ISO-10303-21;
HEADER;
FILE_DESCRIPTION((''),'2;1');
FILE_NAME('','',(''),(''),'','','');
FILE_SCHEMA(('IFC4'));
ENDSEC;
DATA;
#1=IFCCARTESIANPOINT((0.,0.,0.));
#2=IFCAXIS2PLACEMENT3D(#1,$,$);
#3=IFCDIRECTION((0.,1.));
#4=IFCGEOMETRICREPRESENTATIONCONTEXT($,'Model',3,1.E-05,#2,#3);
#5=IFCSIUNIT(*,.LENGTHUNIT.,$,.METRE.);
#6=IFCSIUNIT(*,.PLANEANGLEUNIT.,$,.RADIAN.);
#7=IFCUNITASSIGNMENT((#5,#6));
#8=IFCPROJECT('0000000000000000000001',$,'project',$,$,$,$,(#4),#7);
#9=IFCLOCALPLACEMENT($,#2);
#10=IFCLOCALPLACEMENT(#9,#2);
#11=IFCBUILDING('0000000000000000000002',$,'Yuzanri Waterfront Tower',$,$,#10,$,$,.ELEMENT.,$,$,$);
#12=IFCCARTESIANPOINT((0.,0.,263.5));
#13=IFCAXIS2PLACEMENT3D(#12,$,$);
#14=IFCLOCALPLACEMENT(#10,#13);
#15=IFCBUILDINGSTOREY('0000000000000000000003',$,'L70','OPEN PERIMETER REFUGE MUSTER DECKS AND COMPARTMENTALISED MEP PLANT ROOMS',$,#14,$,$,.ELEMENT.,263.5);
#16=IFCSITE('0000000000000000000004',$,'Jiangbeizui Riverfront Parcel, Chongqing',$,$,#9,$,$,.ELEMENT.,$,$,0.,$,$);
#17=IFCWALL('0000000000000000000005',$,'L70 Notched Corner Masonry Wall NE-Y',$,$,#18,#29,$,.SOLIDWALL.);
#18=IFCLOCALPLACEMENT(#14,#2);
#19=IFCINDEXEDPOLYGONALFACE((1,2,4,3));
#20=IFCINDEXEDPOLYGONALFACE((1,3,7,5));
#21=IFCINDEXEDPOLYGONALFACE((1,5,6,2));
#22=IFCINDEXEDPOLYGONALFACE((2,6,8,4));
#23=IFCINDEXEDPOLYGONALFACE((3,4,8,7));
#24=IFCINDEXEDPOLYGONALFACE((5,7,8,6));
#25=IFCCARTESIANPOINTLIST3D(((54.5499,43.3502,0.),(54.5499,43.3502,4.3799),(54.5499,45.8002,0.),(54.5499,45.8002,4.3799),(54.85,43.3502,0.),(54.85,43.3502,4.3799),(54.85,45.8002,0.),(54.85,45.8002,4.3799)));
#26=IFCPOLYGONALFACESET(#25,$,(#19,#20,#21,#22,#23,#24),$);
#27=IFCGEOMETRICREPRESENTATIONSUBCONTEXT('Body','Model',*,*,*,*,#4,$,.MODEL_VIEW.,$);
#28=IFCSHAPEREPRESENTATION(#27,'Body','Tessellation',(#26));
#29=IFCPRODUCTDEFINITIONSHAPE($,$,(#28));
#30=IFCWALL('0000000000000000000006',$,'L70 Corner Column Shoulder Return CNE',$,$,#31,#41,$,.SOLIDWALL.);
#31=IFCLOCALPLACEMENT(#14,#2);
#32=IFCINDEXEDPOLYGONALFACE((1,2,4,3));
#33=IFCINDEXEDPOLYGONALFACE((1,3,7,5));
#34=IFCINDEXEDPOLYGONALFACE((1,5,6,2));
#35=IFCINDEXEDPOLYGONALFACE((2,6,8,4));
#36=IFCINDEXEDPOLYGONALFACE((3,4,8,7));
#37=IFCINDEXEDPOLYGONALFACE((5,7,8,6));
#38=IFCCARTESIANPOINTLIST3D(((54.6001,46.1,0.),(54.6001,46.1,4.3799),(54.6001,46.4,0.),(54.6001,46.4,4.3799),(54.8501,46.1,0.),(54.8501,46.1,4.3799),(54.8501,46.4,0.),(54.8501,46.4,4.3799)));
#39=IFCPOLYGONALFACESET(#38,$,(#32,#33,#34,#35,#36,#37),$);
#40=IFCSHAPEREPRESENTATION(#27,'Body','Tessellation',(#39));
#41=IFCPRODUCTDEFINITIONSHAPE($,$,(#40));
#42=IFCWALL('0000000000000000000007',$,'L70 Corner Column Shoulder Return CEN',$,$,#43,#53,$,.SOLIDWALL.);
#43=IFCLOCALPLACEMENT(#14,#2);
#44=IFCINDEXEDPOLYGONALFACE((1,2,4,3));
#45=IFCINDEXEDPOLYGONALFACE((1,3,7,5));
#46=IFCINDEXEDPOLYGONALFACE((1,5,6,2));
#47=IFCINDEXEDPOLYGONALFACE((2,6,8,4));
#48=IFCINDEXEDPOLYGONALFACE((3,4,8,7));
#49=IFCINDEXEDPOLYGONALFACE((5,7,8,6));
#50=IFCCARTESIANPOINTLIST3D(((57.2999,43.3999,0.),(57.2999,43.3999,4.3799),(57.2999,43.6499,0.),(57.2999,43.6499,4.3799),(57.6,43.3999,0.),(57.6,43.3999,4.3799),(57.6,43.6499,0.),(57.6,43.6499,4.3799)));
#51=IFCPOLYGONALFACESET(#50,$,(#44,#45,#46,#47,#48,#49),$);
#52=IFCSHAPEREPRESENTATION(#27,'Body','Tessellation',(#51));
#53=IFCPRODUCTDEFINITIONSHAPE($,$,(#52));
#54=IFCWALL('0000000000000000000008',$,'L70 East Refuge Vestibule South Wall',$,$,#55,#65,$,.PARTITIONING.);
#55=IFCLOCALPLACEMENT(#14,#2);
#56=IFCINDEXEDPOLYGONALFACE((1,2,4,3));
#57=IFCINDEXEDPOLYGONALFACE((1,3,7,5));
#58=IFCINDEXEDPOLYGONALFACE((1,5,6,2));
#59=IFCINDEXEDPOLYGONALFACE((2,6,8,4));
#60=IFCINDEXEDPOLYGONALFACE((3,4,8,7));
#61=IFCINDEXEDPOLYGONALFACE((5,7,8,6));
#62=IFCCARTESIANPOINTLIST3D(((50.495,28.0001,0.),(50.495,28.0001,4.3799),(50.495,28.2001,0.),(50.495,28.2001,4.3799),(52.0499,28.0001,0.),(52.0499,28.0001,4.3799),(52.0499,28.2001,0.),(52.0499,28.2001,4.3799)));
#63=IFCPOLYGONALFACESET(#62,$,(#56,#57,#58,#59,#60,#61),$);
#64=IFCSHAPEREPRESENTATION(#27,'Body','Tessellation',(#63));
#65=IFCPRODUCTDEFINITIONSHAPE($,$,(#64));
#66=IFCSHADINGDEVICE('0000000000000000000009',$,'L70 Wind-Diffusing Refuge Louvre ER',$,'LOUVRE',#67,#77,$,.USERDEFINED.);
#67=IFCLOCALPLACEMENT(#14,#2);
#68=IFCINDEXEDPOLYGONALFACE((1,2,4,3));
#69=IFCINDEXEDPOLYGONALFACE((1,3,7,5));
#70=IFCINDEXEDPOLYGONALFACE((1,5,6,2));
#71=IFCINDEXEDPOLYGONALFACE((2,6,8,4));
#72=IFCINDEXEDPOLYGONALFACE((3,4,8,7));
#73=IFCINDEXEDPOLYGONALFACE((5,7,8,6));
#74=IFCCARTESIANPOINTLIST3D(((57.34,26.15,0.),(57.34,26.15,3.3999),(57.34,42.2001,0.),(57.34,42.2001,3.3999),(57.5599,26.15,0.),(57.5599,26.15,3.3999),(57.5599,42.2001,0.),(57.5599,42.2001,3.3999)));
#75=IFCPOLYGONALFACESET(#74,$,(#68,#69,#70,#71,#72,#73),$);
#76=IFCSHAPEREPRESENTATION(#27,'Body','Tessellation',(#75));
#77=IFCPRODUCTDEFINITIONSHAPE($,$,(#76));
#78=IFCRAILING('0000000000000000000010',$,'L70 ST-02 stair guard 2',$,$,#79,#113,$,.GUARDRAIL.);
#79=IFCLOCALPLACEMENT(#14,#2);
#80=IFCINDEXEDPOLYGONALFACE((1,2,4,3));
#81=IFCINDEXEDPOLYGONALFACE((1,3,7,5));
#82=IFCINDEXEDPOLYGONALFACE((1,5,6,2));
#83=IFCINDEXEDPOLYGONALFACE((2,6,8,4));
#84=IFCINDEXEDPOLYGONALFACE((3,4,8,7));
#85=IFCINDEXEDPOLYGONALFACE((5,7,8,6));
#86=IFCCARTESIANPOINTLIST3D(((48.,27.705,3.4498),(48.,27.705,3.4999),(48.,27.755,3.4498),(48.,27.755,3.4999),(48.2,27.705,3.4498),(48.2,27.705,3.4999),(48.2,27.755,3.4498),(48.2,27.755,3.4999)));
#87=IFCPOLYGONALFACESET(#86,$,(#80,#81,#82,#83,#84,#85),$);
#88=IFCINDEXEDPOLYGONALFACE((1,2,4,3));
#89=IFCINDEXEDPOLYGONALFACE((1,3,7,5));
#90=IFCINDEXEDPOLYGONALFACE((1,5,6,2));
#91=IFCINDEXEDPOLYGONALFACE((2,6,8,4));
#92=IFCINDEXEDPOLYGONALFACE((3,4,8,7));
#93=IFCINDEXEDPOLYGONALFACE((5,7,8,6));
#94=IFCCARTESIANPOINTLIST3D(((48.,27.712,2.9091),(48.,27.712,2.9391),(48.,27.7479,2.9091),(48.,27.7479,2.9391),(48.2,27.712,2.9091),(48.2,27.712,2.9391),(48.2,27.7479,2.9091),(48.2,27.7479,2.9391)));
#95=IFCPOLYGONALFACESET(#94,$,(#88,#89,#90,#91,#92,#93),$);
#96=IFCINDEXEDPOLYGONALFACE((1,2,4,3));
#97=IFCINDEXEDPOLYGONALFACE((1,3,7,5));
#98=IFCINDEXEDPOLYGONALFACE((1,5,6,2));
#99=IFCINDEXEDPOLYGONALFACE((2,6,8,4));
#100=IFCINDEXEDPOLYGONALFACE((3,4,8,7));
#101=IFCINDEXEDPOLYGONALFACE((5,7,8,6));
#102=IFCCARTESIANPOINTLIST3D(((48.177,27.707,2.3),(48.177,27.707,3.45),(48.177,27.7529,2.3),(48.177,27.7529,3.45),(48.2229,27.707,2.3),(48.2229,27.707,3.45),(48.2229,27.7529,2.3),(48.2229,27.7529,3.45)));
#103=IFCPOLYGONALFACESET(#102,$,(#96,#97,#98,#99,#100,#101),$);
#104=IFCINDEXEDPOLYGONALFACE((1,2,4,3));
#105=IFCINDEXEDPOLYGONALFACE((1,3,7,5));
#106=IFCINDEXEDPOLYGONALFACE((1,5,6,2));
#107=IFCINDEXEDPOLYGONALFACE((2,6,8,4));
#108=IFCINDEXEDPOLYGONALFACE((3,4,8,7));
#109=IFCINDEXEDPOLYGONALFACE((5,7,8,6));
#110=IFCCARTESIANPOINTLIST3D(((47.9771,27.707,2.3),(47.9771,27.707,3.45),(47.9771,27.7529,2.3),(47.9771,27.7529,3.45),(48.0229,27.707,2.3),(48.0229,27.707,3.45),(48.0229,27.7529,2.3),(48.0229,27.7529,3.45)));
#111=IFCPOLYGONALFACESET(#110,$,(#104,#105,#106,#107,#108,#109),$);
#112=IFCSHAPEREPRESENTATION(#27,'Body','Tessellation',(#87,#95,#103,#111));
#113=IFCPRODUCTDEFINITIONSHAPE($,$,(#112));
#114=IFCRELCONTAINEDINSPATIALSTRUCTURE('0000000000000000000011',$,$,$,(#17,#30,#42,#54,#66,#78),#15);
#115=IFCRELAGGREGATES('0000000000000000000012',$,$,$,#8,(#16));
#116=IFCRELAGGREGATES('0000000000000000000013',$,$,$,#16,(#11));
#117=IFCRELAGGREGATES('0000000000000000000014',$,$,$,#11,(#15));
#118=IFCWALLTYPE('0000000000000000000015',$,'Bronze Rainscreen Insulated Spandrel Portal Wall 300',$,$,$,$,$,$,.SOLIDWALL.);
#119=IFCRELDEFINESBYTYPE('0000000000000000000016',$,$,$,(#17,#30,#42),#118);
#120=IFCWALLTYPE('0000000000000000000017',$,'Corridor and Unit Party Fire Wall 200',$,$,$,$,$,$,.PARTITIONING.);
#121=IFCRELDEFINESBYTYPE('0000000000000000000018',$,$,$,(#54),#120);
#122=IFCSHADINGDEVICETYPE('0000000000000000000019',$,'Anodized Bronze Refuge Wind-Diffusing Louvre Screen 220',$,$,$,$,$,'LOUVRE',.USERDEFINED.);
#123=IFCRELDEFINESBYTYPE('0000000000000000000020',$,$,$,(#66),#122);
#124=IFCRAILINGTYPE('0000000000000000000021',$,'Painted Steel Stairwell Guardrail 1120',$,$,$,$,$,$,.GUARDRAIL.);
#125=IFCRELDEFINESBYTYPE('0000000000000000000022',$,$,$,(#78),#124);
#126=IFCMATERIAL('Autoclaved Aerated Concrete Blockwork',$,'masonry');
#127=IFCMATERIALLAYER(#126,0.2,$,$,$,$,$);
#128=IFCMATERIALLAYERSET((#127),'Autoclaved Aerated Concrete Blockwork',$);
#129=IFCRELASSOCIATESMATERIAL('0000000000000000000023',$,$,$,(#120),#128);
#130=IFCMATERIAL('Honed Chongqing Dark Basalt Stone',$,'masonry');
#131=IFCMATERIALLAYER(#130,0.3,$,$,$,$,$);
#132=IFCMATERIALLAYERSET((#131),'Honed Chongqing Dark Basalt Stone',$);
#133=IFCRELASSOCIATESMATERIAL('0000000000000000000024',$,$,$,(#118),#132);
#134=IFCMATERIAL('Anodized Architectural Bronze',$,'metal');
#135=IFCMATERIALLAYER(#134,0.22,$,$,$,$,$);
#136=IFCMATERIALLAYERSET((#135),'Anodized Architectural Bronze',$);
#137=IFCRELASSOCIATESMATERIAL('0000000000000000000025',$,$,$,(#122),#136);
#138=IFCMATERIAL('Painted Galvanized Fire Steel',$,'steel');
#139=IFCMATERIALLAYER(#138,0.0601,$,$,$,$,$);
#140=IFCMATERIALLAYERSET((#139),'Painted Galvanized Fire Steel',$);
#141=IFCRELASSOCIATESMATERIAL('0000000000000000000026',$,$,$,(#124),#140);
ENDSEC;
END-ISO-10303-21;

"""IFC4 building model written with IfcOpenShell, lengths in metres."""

from ifc_helpers import new_model, si_unit, direction, frame, frame_2d, origin, origin_2d, place, context, subcontext, project, spatial, rectangle, extrude, source, transform, mapped, material, layer, layer_set, type_object, element, save


model = new_model("IFC4")

# Units and contexts
model_context = context("Model", 3, precision=1e-05, world=origin(), true_north=direction((0.0, 1.0)))
body_context = subcontext(model_context, "Body", "Model", "MODEL_VIEW")
ifc_project = project(units=[si_unit("LENGTHUNIT", "METRE"), si_unit("PLANEANGLEUNIT", "RADIAN")], contexts=[model_context])

# Site, building, storey
site_placement = place(None, origin())
site = spatial("IfcSite", under=ifc_project, at=site_placement, Name="Jiangbeizui Riverfront Parcel, Chongqing", CompositionType="ELEMENT", RefElevation=0.0)
building_placement = place(site_placement, origin())
building = spatial("IfcBuilding", under=site, at=building_placement, Name="Yuzanri Waterfront Tower", CompositionType="ELEMENT")
storey_placement = place(building_placement, frame((0.0, 0.0, 263.5)))
storey = spatial("IfcBuildingStorey", under=building, at=storey_placement, Name="L70", Description="OPEN PERIMETER REFUGE MUSTER DECKS AND COMPARTMENTALISED MEP PLANT ROOMS", CompositionType="ELEMENT", Elevation=263.5)

# Shared definitions
ifc_material_1 = material(Name="Autoclaved Aerated Concrete Blockwork", Category="masonry")
ifc_layer_1 = layer(ifc_material_1, 0.2)
ifc_layer_set_1 = layer_set([ifc_layer_1], Name="Autoclaved Aerated Concrete Blockwork")
wall_type_1 = type_object("IfcWallType", Name="Corridor and Unit Party Fire Wall 200", PredefinedType="PARTITIONING", material=ifc_layer_set_1)

# Walls
ifc_material_2 = material(Name="Honed Chongqing Dark Basalt Stone", Category="masonry")
ifc_layer_2 = layer(ifc_material_2, 0.3)
ifc_layer_set_2 = layer_set([ifc_layer_2], Name="Honed Chongqing Dark Basalt Stone")
wall_type_2 = type_object("IfcWallType", Name="Bronze Rainscreen Insulated Spandrel Portal Wall 300", PredefinedType="SOLIDWALL", material=ifc_layer_set_2)
shared_shape_1 = source(origin(), body_context, "Body", "SweptSolid", [
    extrude(rectangle(XDim=2.45, YDim=0.3, at=frame_2d((1.2251, 0.0))), origin(), (0.0, 0.0, 1.0), 4.3799),
])
for number, where, z_axis, x_axis, name in (
    (1, (54.7, 43.3501, 0.0), (0.0, 0.0, 1.0), (0.0, 1.0, 0.0), "L70 Notched Corner Masonry Wall NE-Y"),
):
    element("IfcWall", number, at=place(storey_placement, frame(where, z_axis=z_axis, x_axis=x_axis)), inside=storey, type_object=wall_type_2, Name=name, PredefinedType="SOLIDWALL", context=body_context, shape_type="MappedRepresentation", body=[
        mapped(shared_shape_1, transform((0.0, 0.0, 0.0), scale=1.0)),
    ])
shared_shape_2 = source(origin(), body_context, "Body", "SweptSolid", [
    extrude(rectangle(XDim=0.25, YDim=0.3, at=frame_2d((0.125, 0.0))), origin(), (0.0, 0.0, 1.0), 4.3799),
])
for number, where, z_axis, x_axis, name in (
    (2, (54.6001, 46.25, 0.0), (0.0, 0.0, 1.0), (1.0, 0.0, 0.0), "L70 Corner Column Shoulder Return CNE"),
    (3, (57.45, 43.3999, 0.0), (0.0, 0.0, 1.0), (0.0, 1.0, 0.0), "L70 Corner Column Shoulder Return CEN"),
):
    element("IfcWall", number, at=place(storey_placement, frame(where, z_axis=z_axis, x_axis=x_axis)), inside=storey, type_object=wall_type_2, Name=name, PredefinedType="SOLIDWALL", context=body_context, shape_type="MappedRepresentation", body=[
        mapped(shared_shape_2, transform((0.0, 0.0, 0.0), scale=1.0)),
    ])
shared_shape_3 = source(origin(), body_context, "Body", "SweptSolid", [
    extrude(rectangle(XDim=1.5549, YDim=0.2, at=frame_2d((0.7773, 0.0))), origin(), (0.0, 0.0, 1.0), 4.3799),
])
wall_1_placement = place(storey_placement, frame((50.4951, 28.1001, 0.0), z_axis=(0.0, 0.0, 1.0), x_axis=(1.0, 0.0, 0.0)))
element("IfcWall", 4, at=wall_1_placement, inside=storey, type_object=wall_type_1, Name="L70 East Refuge Vestibule South Wall", PredefinedType="PARTITIONING", context=body_context, shape_type="MappedRepresentation", body=[
    mapped(shared_shape_3, transform((0.0, 0.0, 0.0), scale=1.0)),
])

# Shading device
ifc_material_3 = material(Name="Anodized Architectural Bronze", Category="metal")
ifc_layer_3 = layer(ifc_material_3, 0.22)
ifc_layer_set_3 = layer_set([ifc_layer_3], Name="Anodized Architectural Bronze")
shading_device_type = type_object("IfcShadingDeviceType", Name="Anodized Bronze Refuge Wind-Diffusing Louvre Screen 220", ElementType="LOUVRE", PredefinedType="USERDEFINED", material=ifc_layer_set_3)
shared_shape_4 = source(origin(), body_context, "Body", "SweptSolid", [
    extrude(rectangle(XDim=0.22, YDim=16.05, at=origin_2d()), origin(), (0.0, 0.0, 1.0), 3.3999),
])
shading_device_placement = place(storey_placement, frame((57.45, 34.175, 0.0), z_axis=(0.0, 0.0, 1.0), x_axis=(1.0, 0.0, 0.0)))
element("IfcShadingDevice", 5, at=shading_device_placement, inside=storey, type_object=shading_device_type, Name="L70 Wind-Diffusing Refuge Louvre ER", ObjectType="LOUVRE", PredefinedType="USERDEFINED", context=body_context, shape_type="MappedRepresentation", body=[
    mapped(shared_shape_4, transform((0.0, 0.0, 0.0), scale=1.0)),
])

# Railing
ifc_material_4 = material(Name="Painted Galvanized Fire Steel", Category="steel")
ifc_layer_4 = layer(ifc_material_4, 0.0601)
ifc_layer_set_4 = layer_set([ifc_layer_4], Name="Painted Galvanized Fire Steel")
railing_type = type_object("IfcRailingType", Name="Painted Steel Stairwell Guardrail 1120", PredefinedType="GUARDRAIL", material=ifc_layer_set_4)
shared_shape_5 = source(origin(), body_context, "Body", "SweptSolid", [
    extrude(rectangle(XDim=0.05, YDim=0.05, at=origin_2d()), frame((0.0, 0.0, 1.1748), z_axis=(-1.0, 0.0, 0.0), x_axis=(0.0, -1.0, 0.0)), (0.0, 0.0, 1.0), 0.2),
    extrude(rectangle(XDim=0.0359, YDim=0.03, at=origin_2d()), frame((0.0, 0.0, 0.624), z_axis=(-1.0, 0.0, 0.0), x_axis=(0.0, -1.0, 0.0)), (0.0, 0.0, 1.0), 0.2),
    extrude(rectangle(XDim=0.0459, YDim=0.0459, at=origin_2d()), origin(), (0.0, 0.0, 1.0), 1.1499),
    extrude(rectangle(XDim=0.0459, YDim=0.0459, at=origin_2d()), frame((-0.2, 0.0, 0.0)), (0.0, 0.0, 1.0), 1.1499),
])
railing_placement = place(storey_placement, frame((48.2, 27.73, 2.3)))
element("IfcRailing", 6, at=railing_placement, inside=storey, type_object=railing_type, Name="L70 ST-02 stair guard 2", PredefinedType="GUARDRAIL", context=body_context, shape_type="MappedRepresentation", body=[
    mapped(shared_shape_5, transform((0.0, 0.0, 0.0), scale=1.0)),
])

save(model, "model.ifc")
